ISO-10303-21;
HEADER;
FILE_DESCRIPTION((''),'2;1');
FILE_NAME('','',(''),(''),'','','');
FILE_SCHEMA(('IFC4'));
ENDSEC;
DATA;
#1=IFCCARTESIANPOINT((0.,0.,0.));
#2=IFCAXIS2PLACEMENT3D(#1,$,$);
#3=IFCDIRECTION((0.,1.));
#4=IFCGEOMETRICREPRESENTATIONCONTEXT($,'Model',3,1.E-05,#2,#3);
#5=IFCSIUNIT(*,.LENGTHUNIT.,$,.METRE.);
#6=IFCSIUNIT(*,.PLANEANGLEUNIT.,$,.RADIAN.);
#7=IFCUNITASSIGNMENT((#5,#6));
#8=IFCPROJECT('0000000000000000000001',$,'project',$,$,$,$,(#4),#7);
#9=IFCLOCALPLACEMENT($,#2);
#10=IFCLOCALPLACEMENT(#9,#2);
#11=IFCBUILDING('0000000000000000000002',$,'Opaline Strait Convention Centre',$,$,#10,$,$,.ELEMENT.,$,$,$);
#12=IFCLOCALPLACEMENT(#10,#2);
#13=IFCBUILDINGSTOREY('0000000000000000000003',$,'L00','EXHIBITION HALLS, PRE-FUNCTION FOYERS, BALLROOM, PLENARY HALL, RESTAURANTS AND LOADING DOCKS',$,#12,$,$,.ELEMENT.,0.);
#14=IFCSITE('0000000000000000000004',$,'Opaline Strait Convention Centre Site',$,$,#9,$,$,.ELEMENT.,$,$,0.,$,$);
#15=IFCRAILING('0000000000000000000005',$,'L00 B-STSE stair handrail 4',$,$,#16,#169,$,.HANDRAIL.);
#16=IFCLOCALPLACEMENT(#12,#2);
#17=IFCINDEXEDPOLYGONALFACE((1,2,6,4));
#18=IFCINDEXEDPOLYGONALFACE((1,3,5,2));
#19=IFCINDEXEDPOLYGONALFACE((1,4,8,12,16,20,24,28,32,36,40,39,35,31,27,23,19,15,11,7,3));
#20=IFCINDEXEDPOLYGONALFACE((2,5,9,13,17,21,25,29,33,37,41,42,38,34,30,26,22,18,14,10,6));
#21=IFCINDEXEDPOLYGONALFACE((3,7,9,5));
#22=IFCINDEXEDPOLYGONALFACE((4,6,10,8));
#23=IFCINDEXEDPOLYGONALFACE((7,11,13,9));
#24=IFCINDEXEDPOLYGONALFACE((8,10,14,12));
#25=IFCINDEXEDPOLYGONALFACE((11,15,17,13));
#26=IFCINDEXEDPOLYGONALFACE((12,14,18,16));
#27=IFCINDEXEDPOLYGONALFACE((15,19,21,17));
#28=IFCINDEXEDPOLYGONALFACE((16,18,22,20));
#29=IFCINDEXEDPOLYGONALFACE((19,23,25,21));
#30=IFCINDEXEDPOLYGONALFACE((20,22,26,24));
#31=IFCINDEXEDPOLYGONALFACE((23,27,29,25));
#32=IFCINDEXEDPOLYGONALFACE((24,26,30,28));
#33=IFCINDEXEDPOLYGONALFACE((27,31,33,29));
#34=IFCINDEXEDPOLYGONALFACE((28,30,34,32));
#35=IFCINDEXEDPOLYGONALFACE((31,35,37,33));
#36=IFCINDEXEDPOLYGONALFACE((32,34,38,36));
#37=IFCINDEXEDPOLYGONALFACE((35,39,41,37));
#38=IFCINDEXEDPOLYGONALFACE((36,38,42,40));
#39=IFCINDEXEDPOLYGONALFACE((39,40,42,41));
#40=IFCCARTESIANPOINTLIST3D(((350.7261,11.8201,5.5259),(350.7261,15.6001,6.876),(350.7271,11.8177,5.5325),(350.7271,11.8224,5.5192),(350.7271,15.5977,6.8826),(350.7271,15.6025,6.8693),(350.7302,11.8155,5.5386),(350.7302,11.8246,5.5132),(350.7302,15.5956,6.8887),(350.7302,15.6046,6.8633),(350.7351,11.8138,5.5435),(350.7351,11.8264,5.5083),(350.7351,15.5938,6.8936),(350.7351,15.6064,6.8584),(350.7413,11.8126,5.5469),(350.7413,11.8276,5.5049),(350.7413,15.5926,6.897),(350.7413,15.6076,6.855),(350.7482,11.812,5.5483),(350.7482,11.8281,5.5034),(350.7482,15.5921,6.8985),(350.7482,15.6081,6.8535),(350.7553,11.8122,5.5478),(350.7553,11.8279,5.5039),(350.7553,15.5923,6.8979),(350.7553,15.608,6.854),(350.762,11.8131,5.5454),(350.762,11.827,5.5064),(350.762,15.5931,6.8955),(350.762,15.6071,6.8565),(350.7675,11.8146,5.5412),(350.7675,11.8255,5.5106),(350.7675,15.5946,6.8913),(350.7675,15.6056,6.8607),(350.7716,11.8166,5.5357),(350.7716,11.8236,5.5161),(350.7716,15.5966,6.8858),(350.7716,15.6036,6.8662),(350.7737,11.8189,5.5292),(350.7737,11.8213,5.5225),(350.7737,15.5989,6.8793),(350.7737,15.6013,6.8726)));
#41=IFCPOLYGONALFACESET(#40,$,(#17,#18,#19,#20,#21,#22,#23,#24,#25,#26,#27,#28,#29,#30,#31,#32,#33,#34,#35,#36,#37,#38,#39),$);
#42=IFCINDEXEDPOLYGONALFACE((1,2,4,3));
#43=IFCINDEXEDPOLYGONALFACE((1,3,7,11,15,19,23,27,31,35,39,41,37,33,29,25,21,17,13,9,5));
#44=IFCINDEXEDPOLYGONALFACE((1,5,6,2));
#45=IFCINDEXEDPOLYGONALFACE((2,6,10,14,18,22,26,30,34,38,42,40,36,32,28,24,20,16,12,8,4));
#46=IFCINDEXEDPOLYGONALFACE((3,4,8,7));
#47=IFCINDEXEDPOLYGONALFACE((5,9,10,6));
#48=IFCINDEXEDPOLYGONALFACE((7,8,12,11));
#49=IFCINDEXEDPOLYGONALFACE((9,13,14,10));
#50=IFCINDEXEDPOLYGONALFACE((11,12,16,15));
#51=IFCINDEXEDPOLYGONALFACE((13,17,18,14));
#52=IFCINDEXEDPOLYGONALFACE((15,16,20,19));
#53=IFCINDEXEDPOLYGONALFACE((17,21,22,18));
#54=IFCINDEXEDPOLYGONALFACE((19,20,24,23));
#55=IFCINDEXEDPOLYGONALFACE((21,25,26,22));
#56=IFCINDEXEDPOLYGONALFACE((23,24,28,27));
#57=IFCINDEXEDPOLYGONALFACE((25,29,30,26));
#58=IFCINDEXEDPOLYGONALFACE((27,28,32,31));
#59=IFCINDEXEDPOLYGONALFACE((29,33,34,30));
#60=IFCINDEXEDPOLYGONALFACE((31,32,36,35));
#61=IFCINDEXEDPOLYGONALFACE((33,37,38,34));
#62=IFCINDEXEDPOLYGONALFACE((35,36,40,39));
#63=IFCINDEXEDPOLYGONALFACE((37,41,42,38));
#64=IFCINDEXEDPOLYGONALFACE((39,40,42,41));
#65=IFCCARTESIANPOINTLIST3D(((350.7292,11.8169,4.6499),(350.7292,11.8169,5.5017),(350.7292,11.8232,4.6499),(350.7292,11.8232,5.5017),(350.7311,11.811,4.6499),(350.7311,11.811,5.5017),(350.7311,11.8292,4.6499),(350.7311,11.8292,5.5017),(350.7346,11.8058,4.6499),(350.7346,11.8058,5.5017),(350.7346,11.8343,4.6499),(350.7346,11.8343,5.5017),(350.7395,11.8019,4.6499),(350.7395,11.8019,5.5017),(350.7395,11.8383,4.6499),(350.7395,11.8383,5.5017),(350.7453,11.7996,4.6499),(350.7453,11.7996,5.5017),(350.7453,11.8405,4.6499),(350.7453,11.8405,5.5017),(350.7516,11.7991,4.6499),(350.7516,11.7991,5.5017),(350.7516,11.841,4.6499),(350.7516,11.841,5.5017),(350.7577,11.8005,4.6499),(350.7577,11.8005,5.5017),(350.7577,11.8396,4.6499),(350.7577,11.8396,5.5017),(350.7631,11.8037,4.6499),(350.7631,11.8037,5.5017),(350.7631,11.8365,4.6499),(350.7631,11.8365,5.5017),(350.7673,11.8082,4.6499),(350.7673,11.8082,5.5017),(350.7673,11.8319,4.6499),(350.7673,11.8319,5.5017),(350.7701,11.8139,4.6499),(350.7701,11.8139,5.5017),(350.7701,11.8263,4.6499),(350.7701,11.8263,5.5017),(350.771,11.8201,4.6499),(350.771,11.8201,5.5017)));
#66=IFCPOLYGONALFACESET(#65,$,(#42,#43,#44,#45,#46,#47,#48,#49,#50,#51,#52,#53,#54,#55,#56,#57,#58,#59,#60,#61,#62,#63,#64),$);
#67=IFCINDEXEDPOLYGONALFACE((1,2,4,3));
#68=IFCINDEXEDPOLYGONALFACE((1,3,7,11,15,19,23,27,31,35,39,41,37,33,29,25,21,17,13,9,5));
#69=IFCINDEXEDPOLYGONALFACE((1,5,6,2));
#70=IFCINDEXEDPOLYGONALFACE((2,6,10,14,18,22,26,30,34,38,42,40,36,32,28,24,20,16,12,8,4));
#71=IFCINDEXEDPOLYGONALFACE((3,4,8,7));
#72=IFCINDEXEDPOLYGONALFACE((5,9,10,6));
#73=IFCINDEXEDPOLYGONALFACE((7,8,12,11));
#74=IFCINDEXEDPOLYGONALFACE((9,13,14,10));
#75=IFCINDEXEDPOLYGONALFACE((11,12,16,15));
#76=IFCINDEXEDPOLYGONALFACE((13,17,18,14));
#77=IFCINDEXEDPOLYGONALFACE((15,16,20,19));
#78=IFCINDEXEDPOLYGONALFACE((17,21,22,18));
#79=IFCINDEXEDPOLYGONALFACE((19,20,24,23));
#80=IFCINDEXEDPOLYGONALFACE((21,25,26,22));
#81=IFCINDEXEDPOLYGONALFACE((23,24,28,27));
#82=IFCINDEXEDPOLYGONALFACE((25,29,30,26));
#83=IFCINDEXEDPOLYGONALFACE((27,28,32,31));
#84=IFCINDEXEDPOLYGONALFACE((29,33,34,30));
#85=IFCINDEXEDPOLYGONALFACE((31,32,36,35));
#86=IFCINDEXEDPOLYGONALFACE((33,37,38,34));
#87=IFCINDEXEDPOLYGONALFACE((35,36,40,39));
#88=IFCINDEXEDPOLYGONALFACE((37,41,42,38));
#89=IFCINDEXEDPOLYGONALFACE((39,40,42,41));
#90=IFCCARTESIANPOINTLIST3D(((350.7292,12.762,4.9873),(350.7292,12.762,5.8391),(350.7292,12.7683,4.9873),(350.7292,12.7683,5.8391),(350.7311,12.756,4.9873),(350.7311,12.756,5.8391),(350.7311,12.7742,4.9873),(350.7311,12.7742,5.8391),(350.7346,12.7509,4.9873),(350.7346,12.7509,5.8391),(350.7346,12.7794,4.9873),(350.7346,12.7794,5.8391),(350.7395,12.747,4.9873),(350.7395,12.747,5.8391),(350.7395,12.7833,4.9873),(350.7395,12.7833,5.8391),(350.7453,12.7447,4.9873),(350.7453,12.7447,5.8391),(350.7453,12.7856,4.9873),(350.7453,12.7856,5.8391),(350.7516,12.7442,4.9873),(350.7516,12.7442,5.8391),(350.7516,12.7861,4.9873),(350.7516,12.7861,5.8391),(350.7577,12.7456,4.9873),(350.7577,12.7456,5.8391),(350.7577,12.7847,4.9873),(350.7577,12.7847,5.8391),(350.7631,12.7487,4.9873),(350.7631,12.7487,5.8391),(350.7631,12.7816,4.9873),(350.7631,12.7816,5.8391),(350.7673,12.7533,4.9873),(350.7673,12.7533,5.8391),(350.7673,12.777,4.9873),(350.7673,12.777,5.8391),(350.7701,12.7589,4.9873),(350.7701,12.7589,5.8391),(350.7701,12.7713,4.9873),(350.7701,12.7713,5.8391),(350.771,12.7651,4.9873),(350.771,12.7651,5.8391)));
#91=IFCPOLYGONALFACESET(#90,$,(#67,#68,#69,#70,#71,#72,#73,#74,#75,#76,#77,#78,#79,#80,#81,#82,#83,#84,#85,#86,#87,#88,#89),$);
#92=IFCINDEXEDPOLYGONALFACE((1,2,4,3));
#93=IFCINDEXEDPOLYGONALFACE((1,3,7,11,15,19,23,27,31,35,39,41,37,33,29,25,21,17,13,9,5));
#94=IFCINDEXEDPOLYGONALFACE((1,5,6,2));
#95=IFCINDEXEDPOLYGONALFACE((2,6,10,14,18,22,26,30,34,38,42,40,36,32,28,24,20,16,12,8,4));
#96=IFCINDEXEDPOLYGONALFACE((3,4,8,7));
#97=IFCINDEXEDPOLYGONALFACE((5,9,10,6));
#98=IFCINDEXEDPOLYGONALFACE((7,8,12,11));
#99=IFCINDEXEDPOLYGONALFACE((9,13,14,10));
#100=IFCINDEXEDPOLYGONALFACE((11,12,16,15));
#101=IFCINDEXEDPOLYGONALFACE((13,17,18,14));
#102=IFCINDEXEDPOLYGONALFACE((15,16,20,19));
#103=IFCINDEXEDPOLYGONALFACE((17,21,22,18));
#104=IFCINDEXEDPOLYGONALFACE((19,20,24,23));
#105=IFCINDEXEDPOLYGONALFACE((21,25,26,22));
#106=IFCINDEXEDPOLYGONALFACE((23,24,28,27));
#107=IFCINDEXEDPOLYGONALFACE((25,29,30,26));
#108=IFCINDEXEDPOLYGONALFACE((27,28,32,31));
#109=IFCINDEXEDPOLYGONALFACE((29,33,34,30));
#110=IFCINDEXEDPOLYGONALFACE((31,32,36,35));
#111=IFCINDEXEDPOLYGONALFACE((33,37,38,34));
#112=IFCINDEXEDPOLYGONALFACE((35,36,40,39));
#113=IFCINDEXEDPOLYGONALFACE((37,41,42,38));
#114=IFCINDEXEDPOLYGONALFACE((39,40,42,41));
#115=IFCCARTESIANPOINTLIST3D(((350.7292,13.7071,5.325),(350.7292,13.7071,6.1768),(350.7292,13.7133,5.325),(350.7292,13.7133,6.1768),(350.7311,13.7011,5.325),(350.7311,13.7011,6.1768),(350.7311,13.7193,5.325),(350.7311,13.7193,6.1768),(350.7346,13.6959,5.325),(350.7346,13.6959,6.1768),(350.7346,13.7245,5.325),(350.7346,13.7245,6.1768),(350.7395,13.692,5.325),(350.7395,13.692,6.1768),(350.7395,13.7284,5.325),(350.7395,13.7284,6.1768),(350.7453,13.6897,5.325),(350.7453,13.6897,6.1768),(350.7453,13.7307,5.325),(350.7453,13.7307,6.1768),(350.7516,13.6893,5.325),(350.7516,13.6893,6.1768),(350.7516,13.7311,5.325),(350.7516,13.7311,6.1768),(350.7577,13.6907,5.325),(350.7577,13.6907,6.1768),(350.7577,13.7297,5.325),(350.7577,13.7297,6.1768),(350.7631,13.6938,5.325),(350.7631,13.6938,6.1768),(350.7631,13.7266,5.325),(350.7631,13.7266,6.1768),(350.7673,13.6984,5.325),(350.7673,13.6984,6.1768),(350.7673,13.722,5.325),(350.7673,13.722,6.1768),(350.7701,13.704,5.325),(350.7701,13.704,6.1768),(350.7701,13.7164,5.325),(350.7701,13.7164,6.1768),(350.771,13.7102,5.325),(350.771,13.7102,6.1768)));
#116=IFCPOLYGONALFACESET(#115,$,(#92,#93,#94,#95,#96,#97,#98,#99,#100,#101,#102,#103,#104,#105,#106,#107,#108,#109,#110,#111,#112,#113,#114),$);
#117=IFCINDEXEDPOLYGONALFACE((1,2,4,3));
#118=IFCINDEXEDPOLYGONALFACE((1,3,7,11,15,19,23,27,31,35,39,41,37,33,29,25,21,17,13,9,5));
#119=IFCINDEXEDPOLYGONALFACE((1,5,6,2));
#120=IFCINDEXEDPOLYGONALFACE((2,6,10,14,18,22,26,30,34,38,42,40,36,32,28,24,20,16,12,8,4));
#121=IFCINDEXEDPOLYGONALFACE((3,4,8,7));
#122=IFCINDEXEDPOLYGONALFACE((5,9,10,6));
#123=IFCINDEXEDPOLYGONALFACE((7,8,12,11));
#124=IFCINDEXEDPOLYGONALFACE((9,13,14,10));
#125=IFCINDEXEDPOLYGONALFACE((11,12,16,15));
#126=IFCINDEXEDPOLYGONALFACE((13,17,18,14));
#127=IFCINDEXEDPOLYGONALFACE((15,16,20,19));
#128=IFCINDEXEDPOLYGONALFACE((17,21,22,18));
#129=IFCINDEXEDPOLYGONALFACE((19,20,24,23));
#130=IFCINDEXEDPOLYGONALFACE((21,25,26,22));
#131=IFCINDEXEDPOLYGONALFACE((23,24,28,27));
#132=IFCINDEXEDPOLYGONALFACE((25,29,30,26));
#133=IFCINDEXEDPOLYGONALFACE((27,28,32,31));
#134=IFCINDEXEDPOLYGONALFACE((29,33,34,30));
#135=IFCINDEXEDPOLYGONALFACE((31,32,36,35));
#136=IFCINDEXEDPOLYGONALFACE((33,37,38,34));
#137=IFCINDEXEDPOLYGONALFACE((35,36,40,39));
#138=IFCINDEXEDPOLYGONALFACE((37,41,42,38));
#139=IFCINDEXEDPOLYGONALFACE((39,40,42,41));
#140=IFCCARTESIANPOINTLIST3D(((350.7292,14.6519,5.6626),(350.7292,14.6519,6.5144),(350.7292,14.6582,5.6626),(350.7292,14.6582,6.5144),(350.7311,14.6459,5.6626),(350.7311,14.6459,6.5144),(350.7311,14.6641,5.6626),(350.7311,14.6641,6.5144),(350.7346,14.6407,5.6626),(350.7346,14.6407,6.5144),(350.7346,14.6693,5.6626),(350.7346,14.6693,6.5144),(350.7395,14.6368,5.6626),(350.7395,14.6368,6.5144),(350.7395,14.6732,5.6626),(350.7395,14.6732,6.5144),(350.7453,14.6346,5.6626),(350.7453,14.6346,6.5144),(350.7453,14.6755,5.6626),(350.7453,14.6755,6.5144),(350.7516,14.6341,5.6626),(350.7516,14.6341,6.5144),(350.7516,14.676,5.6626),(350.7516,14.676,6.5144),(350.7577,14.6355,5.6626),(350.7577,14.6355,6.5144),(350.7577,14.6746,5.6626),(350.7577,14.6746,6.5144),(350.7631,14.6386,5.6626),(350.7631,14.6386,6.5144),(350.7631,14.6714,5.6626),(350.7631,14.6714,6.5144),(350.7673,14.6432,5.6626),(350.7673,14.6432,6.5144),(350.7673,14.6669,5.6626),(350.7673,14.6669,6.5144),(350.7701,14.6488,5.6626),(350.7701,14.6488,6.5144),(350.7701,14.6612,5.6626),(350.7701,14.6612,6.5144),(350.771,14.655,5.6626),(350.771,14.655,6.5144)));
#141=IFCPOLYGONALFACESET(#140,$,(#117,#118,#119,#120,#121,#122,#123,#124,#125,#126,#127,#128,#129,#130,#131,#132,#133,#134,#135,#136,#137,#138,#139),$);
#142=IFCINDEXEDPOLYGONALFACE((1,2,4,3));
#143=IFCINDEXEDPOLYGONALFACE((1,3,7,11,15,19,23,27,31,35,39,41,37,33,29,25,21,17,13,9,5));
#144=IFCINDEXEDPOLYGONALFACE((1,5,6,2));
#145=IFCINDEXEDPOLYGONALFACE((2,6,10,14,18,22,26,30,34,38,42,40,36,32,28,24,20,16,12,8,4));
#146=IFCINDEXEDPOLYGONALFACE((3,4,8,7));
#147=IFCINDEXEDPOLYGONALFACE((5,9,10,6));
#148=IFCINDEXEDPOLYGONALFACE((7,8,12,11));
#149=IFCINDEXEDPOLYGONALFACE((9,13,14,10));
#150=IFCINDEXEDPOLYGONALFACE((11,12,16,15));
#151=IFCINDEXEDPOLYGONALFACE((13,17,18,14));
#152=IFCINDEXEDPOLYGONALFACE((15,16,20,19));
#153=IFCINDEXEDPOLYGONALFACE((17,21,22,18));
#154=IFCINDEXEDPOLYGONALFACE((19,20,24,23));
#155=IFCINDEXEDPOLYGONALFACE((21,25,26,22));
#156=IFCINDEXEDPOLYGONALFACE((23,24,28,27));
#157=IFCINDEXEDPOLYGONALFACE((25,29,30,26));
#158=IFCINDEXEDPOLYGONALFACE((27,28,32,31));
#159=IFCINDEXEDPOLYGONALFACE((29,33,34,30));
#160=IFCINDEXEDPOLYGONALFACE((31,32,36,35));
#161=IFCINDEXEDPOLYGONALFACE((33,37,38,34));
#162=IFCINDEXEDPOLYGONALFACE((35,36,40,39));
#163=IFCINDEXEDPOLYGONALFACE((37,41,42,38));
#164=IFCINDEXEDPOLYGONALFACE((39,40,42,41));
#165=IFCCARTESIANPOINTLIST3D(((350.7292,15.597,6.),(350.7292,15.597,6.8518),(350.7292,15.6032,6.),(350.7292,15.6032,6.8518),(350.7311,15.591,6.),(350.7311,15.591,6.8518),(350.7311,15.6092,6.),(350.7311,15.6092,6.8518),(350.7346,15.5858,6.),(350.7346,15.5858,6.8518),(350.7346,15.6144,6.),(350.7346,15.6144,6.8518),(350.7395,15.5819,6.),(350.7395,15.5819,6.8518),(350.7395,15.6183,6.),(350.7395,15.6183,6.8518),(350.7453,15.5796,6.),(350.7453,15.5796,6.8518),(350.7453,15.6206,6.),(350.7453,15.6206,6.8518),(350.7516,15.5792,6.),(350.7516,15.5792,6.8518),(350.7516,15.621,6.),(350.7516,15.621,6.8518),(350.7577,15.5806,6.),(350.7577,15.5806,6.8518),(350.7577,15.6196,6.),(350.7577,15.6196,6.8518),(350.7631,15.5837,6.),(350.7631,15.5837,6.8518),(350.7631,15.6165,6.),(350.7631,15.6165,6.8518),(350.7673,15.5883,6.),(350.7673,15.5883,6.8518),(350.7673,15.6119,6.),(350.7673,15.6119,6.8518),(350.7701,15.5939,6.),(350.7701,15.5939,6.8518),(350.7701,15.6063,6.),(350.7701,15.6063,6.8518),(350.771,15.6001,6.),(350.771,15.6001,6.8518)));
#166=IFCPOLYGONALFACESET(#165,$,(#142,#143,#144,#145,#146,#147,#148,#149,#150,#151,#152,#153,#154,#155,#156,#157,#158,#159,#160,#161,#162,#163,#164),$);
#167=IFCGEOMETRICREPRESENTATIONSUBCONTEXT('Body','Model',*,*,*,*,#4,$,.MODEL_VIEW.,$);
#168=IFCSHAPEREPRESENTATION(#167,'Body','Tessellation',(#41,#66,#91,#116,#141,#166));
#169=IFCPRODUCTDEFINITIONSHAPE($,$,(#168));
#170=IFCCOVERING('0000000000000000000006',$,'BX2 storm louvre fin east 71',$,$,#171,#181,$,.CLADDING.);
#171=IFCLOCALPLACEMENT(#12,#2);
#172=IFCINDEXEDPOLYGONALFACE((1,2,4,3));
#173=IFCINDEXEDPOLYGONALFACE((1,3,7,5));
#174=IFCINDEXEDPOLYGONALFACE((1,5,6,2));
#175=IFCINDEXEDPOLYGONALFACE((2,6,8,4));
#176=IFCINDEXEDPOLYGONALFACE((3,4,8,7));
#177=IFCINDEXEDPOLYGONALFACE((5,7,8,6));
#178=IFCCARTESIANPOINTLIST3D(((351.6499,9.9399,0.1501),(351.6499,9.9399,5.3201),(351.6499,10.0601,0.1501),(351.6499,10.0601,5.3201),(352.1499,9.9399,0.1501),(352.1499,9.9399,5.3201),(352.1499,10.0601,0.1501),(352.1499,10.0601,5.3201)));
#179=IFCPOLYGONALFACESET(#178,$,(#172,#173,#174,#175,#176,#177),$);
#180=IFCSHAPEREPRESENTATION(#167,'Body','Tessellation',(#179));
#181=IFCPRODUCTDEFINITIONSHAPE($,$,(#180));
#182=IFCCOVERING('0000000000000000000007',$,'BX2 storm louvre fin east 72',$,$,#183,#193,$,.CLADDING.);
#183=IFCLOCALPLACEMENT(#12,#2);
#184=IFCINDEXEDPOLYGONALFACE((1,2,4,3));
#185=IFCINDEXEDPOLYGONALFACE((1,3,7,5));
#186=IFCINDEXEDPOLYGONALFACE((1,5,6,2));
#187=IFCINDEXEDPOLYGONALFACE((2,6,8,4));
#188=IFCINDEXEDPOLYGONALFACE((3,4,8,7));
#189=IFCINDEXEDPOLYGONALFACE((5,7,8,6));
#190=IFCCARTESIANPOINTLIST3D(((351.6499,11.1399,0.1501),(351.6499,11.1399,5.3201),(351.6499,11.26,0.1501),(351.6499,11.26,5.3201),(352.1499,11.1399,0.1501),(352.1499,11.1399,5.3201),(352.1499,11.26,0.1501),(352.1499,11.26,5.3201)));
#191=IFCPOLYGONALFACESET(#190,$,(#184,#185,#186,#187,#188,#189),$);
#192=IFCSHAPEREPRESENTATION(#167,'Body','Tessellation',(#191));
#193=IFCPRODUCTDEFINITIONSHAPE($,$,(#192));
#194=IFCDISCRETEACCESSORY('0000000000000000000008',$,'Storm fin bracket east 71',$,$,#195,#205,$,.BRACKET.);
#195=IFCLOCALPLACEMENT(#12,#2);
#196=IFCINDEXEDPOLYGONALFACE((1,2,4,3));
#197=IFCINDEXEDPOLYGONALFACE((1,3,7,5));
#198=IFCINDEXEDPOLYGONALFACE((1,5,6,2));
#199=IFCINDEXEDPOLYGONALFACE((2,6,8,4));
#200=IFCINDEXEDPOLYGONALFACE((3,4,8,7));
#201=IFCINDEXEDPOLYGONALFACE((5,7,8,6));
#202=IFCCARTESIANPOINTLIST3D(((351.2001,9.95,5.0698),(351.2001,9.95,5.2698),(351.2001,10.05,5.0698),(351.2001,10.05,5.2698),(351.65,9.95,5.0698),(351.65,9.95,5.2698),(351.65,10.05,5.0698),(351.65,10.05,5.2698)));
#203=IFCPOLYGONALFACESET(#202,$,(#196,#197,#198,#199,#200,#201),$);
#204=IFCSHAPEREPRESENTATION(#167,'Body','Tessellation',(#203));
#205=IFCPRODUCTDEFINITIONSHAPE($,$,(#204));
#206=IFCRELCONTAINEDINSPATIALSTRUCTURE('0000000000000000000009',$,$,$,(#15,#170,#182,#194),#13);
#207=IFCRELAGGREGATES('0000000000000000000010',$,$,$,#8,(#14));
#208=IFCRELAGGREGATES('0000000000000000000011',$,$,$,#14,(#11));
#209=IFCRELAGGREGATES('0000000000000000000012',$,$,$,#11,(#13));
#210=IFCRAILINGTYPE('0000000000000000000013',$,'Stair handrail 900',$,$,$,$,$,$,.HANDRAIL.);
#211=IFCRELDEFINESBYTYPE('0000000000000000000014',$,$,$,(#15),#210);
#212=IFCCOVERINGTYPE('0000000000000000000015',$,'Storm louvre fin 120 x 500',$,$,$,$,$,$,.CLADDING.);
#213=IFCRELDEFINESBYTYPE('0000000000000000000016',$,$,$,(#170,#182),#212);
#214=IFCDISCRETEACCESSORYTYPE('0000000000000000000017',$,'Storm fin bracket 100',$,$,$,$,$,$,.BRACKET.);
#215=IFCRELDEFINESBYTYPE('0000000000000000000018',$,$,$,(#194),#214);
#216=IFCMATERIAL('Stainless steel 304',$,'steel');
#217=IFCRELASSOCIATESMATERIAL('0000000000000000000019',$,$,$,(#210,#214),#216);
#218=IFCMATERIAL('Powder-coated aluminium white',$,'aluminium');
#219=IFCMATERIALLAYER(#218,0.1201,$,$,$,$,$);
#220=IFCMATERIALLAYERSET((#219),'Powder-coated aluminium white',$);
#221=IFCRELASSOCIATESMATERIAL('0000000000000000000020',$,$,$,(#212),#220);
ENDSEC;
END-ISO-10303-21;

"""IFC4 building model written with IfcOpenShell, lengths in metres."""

from ifc_helpers import new_model, si_unit, direction, frame, origin, origin_2d, place, context, subcontext, project, spatial, rectangle, circle, extrude, material, layer, layer_set, type_object, element, save


model = new_model("IFC4")

# Units and contexts
model_context = context("Model", 3, precision=1e-05, world=origin(), true_north=direction((0.0, 1.0)))
body_context = subcontext(model_context, "Body", "Model", "MODEL_VIEW")
ifc_project = project(units=[si_unit("LENGTHUNIT", "METRE"), si_unit("PLANEANGLEUNIT", "RADIAN")], contexts=[model_context])

# Site, building, storey
site_placement = place(None, origin())
site = spatial("IfcSite", under=ifc_project, at=site_placement, Name="Opaline Strait Convention Centre Site", CompositionType="ELEMENT", RefElevation=0.0)
building_placement = place(site_placement, origin())
building = spatial("IfcBuilding", under=site, at=building_placement, Name="Opaline Strait Convention Centre", CompositionType="ELEMENT")
storey_placement = place(building_placement, origin())
storey = spatial("IfcBuildingStorey", under=building, at=storey_placement, Name="L00", Description="EXHIBITION HALLS, PRE-FUNCTION FOYERS, BALLROOM, PLENARY HALL, RESTAURANTS AND LOADING DOCKS", CompositionType="ELEMENT", Elevation=0.0)

# Railing
ifc_material_1 = material(Name="Stainless steel 304", Category="steel")
railing_type_1 = type_object("IfcRailingType", Name="Stair handrail 900", PredefinedType="HANDRAIL", material=ifc_material_1)
for number, where, name in (
    (1, (350.75, 11.8201, 4.6499), "L00 B-STSE stair handrail 4"),
):
    element("IfcRailing", number, at=place(storey_placement, frame(where)), inside=storey, type_object=railing_type_1, Name=name, PredefinedType="HANDRAIL", context=body_context, shape_type="SweptSolid", body=[
        extrude(circle(Radius=0.0239, at=origin_2d()), frame((0.0, 0.0, 0.876), z_axis=(0.0, 0.941735, 0.336356), x_axis=(-1.0, 0.0, 0.0)), (0.0, 0.0, 1.0), 4.0139),
        extrude(circle(Radius=0.021, at=origin_2d()), origin(), (0.0, 0.0, 1.0), 0.8518),
        extrude(circle(Radius=0.021, at=origin_2d()), frame((0.0, 0.9451, 0.3374)), (0.0, 0.0, 1.0), 0.8518),
        extrude(circle(Radius=0.021, at=origin_2d()), frame((0.0, 1.8901, 0.675)), (0.0, 0.0, 1.0), 0.8518),
        extrude(circle(Radius=0.021, at=origin_2d()), frame((0.0, 2.835, 1.0127)), (0.0, 0.0, 1.0), 0.8518),
        extrude(circle(Radius=0.021, at=origin_2d()), frame((0.0, 3.78, 1.3501)), (0.0, 0.0, 1.0), 0.8518),
    ])

# Coverings
ifc_material_2 = material(Name="Powder-coated aluminium white", Category="aluminium")
ifc_layer_1 = layer(ifc_material_2, 0.1201)
ifc_layer_set_1 = layer_set([ifc_layer_1], Name="Powder-coated aluminium white")
covering_type = type_object("IfcCoveringType", Name="Storm louvre fin 120 x 500", PredefinedType="CLADDING", material=ifc_layer_set_1)
for number, where, z_axis, x_axis, name in (
    (2, (351.8999, 10.0, 0.1501), (0.0, 0.0, 1.0), (1.0, 0.0, 0.0), "BX2 storm louvre fin east 71"),
    (3, (351.8999, 11.2, 0.1501), (0.0, 0.0, 1.0), (1.0, 0.0, 0.0), "BX2 storm louvre fin east 72"),
):
    element("IfcCovering", number, at=place(storey_placement, frame(where, z_axis=z_axis, x_axis=x_axis)), inside=storey, type_object=covering_type, Name=name, PredefinedType="CLADDING", context=body_context, shape_type="SweptSolid", body=[
        extrude(rectangle(XDim=0.5, YDim=0.1201, at=origin_2d()), origin(), (0.0, 0.0, 1.0), 5.1699),
    ])

# Discrete accessory
discrete_accessory_type = type_object("IfcDiscreteAccessoryType", Name="Storm fin bracket 100", PredefinedType="BRACKET", material=ifc_material_1)
for number, where, z_axis, x_axis, name in (
    (4, (351.425, 10.0, 5.0698), (0.0, 0.0, 1.0), (1.0, 0.0, 0.0), "Storm fin bracket east 71"),
):
    element("IfcDiscreteAccessory", number, at=place(storey_placement, frame(where, z_axis=z_axis, x_axis=x_axis)), inside=storey, type_object=discrete_accessory_type, Name=name, PredefinedType="BRACKET", context=body_context, shape_type="SweptSolid", body=[
        extrude(rectangle(XDim=0.45, YDim=0.1001, at=origin_2d()), origin(), (0.0, 0.0, 1.0), 0.2),
    ])

save(model, "model.ifc")
